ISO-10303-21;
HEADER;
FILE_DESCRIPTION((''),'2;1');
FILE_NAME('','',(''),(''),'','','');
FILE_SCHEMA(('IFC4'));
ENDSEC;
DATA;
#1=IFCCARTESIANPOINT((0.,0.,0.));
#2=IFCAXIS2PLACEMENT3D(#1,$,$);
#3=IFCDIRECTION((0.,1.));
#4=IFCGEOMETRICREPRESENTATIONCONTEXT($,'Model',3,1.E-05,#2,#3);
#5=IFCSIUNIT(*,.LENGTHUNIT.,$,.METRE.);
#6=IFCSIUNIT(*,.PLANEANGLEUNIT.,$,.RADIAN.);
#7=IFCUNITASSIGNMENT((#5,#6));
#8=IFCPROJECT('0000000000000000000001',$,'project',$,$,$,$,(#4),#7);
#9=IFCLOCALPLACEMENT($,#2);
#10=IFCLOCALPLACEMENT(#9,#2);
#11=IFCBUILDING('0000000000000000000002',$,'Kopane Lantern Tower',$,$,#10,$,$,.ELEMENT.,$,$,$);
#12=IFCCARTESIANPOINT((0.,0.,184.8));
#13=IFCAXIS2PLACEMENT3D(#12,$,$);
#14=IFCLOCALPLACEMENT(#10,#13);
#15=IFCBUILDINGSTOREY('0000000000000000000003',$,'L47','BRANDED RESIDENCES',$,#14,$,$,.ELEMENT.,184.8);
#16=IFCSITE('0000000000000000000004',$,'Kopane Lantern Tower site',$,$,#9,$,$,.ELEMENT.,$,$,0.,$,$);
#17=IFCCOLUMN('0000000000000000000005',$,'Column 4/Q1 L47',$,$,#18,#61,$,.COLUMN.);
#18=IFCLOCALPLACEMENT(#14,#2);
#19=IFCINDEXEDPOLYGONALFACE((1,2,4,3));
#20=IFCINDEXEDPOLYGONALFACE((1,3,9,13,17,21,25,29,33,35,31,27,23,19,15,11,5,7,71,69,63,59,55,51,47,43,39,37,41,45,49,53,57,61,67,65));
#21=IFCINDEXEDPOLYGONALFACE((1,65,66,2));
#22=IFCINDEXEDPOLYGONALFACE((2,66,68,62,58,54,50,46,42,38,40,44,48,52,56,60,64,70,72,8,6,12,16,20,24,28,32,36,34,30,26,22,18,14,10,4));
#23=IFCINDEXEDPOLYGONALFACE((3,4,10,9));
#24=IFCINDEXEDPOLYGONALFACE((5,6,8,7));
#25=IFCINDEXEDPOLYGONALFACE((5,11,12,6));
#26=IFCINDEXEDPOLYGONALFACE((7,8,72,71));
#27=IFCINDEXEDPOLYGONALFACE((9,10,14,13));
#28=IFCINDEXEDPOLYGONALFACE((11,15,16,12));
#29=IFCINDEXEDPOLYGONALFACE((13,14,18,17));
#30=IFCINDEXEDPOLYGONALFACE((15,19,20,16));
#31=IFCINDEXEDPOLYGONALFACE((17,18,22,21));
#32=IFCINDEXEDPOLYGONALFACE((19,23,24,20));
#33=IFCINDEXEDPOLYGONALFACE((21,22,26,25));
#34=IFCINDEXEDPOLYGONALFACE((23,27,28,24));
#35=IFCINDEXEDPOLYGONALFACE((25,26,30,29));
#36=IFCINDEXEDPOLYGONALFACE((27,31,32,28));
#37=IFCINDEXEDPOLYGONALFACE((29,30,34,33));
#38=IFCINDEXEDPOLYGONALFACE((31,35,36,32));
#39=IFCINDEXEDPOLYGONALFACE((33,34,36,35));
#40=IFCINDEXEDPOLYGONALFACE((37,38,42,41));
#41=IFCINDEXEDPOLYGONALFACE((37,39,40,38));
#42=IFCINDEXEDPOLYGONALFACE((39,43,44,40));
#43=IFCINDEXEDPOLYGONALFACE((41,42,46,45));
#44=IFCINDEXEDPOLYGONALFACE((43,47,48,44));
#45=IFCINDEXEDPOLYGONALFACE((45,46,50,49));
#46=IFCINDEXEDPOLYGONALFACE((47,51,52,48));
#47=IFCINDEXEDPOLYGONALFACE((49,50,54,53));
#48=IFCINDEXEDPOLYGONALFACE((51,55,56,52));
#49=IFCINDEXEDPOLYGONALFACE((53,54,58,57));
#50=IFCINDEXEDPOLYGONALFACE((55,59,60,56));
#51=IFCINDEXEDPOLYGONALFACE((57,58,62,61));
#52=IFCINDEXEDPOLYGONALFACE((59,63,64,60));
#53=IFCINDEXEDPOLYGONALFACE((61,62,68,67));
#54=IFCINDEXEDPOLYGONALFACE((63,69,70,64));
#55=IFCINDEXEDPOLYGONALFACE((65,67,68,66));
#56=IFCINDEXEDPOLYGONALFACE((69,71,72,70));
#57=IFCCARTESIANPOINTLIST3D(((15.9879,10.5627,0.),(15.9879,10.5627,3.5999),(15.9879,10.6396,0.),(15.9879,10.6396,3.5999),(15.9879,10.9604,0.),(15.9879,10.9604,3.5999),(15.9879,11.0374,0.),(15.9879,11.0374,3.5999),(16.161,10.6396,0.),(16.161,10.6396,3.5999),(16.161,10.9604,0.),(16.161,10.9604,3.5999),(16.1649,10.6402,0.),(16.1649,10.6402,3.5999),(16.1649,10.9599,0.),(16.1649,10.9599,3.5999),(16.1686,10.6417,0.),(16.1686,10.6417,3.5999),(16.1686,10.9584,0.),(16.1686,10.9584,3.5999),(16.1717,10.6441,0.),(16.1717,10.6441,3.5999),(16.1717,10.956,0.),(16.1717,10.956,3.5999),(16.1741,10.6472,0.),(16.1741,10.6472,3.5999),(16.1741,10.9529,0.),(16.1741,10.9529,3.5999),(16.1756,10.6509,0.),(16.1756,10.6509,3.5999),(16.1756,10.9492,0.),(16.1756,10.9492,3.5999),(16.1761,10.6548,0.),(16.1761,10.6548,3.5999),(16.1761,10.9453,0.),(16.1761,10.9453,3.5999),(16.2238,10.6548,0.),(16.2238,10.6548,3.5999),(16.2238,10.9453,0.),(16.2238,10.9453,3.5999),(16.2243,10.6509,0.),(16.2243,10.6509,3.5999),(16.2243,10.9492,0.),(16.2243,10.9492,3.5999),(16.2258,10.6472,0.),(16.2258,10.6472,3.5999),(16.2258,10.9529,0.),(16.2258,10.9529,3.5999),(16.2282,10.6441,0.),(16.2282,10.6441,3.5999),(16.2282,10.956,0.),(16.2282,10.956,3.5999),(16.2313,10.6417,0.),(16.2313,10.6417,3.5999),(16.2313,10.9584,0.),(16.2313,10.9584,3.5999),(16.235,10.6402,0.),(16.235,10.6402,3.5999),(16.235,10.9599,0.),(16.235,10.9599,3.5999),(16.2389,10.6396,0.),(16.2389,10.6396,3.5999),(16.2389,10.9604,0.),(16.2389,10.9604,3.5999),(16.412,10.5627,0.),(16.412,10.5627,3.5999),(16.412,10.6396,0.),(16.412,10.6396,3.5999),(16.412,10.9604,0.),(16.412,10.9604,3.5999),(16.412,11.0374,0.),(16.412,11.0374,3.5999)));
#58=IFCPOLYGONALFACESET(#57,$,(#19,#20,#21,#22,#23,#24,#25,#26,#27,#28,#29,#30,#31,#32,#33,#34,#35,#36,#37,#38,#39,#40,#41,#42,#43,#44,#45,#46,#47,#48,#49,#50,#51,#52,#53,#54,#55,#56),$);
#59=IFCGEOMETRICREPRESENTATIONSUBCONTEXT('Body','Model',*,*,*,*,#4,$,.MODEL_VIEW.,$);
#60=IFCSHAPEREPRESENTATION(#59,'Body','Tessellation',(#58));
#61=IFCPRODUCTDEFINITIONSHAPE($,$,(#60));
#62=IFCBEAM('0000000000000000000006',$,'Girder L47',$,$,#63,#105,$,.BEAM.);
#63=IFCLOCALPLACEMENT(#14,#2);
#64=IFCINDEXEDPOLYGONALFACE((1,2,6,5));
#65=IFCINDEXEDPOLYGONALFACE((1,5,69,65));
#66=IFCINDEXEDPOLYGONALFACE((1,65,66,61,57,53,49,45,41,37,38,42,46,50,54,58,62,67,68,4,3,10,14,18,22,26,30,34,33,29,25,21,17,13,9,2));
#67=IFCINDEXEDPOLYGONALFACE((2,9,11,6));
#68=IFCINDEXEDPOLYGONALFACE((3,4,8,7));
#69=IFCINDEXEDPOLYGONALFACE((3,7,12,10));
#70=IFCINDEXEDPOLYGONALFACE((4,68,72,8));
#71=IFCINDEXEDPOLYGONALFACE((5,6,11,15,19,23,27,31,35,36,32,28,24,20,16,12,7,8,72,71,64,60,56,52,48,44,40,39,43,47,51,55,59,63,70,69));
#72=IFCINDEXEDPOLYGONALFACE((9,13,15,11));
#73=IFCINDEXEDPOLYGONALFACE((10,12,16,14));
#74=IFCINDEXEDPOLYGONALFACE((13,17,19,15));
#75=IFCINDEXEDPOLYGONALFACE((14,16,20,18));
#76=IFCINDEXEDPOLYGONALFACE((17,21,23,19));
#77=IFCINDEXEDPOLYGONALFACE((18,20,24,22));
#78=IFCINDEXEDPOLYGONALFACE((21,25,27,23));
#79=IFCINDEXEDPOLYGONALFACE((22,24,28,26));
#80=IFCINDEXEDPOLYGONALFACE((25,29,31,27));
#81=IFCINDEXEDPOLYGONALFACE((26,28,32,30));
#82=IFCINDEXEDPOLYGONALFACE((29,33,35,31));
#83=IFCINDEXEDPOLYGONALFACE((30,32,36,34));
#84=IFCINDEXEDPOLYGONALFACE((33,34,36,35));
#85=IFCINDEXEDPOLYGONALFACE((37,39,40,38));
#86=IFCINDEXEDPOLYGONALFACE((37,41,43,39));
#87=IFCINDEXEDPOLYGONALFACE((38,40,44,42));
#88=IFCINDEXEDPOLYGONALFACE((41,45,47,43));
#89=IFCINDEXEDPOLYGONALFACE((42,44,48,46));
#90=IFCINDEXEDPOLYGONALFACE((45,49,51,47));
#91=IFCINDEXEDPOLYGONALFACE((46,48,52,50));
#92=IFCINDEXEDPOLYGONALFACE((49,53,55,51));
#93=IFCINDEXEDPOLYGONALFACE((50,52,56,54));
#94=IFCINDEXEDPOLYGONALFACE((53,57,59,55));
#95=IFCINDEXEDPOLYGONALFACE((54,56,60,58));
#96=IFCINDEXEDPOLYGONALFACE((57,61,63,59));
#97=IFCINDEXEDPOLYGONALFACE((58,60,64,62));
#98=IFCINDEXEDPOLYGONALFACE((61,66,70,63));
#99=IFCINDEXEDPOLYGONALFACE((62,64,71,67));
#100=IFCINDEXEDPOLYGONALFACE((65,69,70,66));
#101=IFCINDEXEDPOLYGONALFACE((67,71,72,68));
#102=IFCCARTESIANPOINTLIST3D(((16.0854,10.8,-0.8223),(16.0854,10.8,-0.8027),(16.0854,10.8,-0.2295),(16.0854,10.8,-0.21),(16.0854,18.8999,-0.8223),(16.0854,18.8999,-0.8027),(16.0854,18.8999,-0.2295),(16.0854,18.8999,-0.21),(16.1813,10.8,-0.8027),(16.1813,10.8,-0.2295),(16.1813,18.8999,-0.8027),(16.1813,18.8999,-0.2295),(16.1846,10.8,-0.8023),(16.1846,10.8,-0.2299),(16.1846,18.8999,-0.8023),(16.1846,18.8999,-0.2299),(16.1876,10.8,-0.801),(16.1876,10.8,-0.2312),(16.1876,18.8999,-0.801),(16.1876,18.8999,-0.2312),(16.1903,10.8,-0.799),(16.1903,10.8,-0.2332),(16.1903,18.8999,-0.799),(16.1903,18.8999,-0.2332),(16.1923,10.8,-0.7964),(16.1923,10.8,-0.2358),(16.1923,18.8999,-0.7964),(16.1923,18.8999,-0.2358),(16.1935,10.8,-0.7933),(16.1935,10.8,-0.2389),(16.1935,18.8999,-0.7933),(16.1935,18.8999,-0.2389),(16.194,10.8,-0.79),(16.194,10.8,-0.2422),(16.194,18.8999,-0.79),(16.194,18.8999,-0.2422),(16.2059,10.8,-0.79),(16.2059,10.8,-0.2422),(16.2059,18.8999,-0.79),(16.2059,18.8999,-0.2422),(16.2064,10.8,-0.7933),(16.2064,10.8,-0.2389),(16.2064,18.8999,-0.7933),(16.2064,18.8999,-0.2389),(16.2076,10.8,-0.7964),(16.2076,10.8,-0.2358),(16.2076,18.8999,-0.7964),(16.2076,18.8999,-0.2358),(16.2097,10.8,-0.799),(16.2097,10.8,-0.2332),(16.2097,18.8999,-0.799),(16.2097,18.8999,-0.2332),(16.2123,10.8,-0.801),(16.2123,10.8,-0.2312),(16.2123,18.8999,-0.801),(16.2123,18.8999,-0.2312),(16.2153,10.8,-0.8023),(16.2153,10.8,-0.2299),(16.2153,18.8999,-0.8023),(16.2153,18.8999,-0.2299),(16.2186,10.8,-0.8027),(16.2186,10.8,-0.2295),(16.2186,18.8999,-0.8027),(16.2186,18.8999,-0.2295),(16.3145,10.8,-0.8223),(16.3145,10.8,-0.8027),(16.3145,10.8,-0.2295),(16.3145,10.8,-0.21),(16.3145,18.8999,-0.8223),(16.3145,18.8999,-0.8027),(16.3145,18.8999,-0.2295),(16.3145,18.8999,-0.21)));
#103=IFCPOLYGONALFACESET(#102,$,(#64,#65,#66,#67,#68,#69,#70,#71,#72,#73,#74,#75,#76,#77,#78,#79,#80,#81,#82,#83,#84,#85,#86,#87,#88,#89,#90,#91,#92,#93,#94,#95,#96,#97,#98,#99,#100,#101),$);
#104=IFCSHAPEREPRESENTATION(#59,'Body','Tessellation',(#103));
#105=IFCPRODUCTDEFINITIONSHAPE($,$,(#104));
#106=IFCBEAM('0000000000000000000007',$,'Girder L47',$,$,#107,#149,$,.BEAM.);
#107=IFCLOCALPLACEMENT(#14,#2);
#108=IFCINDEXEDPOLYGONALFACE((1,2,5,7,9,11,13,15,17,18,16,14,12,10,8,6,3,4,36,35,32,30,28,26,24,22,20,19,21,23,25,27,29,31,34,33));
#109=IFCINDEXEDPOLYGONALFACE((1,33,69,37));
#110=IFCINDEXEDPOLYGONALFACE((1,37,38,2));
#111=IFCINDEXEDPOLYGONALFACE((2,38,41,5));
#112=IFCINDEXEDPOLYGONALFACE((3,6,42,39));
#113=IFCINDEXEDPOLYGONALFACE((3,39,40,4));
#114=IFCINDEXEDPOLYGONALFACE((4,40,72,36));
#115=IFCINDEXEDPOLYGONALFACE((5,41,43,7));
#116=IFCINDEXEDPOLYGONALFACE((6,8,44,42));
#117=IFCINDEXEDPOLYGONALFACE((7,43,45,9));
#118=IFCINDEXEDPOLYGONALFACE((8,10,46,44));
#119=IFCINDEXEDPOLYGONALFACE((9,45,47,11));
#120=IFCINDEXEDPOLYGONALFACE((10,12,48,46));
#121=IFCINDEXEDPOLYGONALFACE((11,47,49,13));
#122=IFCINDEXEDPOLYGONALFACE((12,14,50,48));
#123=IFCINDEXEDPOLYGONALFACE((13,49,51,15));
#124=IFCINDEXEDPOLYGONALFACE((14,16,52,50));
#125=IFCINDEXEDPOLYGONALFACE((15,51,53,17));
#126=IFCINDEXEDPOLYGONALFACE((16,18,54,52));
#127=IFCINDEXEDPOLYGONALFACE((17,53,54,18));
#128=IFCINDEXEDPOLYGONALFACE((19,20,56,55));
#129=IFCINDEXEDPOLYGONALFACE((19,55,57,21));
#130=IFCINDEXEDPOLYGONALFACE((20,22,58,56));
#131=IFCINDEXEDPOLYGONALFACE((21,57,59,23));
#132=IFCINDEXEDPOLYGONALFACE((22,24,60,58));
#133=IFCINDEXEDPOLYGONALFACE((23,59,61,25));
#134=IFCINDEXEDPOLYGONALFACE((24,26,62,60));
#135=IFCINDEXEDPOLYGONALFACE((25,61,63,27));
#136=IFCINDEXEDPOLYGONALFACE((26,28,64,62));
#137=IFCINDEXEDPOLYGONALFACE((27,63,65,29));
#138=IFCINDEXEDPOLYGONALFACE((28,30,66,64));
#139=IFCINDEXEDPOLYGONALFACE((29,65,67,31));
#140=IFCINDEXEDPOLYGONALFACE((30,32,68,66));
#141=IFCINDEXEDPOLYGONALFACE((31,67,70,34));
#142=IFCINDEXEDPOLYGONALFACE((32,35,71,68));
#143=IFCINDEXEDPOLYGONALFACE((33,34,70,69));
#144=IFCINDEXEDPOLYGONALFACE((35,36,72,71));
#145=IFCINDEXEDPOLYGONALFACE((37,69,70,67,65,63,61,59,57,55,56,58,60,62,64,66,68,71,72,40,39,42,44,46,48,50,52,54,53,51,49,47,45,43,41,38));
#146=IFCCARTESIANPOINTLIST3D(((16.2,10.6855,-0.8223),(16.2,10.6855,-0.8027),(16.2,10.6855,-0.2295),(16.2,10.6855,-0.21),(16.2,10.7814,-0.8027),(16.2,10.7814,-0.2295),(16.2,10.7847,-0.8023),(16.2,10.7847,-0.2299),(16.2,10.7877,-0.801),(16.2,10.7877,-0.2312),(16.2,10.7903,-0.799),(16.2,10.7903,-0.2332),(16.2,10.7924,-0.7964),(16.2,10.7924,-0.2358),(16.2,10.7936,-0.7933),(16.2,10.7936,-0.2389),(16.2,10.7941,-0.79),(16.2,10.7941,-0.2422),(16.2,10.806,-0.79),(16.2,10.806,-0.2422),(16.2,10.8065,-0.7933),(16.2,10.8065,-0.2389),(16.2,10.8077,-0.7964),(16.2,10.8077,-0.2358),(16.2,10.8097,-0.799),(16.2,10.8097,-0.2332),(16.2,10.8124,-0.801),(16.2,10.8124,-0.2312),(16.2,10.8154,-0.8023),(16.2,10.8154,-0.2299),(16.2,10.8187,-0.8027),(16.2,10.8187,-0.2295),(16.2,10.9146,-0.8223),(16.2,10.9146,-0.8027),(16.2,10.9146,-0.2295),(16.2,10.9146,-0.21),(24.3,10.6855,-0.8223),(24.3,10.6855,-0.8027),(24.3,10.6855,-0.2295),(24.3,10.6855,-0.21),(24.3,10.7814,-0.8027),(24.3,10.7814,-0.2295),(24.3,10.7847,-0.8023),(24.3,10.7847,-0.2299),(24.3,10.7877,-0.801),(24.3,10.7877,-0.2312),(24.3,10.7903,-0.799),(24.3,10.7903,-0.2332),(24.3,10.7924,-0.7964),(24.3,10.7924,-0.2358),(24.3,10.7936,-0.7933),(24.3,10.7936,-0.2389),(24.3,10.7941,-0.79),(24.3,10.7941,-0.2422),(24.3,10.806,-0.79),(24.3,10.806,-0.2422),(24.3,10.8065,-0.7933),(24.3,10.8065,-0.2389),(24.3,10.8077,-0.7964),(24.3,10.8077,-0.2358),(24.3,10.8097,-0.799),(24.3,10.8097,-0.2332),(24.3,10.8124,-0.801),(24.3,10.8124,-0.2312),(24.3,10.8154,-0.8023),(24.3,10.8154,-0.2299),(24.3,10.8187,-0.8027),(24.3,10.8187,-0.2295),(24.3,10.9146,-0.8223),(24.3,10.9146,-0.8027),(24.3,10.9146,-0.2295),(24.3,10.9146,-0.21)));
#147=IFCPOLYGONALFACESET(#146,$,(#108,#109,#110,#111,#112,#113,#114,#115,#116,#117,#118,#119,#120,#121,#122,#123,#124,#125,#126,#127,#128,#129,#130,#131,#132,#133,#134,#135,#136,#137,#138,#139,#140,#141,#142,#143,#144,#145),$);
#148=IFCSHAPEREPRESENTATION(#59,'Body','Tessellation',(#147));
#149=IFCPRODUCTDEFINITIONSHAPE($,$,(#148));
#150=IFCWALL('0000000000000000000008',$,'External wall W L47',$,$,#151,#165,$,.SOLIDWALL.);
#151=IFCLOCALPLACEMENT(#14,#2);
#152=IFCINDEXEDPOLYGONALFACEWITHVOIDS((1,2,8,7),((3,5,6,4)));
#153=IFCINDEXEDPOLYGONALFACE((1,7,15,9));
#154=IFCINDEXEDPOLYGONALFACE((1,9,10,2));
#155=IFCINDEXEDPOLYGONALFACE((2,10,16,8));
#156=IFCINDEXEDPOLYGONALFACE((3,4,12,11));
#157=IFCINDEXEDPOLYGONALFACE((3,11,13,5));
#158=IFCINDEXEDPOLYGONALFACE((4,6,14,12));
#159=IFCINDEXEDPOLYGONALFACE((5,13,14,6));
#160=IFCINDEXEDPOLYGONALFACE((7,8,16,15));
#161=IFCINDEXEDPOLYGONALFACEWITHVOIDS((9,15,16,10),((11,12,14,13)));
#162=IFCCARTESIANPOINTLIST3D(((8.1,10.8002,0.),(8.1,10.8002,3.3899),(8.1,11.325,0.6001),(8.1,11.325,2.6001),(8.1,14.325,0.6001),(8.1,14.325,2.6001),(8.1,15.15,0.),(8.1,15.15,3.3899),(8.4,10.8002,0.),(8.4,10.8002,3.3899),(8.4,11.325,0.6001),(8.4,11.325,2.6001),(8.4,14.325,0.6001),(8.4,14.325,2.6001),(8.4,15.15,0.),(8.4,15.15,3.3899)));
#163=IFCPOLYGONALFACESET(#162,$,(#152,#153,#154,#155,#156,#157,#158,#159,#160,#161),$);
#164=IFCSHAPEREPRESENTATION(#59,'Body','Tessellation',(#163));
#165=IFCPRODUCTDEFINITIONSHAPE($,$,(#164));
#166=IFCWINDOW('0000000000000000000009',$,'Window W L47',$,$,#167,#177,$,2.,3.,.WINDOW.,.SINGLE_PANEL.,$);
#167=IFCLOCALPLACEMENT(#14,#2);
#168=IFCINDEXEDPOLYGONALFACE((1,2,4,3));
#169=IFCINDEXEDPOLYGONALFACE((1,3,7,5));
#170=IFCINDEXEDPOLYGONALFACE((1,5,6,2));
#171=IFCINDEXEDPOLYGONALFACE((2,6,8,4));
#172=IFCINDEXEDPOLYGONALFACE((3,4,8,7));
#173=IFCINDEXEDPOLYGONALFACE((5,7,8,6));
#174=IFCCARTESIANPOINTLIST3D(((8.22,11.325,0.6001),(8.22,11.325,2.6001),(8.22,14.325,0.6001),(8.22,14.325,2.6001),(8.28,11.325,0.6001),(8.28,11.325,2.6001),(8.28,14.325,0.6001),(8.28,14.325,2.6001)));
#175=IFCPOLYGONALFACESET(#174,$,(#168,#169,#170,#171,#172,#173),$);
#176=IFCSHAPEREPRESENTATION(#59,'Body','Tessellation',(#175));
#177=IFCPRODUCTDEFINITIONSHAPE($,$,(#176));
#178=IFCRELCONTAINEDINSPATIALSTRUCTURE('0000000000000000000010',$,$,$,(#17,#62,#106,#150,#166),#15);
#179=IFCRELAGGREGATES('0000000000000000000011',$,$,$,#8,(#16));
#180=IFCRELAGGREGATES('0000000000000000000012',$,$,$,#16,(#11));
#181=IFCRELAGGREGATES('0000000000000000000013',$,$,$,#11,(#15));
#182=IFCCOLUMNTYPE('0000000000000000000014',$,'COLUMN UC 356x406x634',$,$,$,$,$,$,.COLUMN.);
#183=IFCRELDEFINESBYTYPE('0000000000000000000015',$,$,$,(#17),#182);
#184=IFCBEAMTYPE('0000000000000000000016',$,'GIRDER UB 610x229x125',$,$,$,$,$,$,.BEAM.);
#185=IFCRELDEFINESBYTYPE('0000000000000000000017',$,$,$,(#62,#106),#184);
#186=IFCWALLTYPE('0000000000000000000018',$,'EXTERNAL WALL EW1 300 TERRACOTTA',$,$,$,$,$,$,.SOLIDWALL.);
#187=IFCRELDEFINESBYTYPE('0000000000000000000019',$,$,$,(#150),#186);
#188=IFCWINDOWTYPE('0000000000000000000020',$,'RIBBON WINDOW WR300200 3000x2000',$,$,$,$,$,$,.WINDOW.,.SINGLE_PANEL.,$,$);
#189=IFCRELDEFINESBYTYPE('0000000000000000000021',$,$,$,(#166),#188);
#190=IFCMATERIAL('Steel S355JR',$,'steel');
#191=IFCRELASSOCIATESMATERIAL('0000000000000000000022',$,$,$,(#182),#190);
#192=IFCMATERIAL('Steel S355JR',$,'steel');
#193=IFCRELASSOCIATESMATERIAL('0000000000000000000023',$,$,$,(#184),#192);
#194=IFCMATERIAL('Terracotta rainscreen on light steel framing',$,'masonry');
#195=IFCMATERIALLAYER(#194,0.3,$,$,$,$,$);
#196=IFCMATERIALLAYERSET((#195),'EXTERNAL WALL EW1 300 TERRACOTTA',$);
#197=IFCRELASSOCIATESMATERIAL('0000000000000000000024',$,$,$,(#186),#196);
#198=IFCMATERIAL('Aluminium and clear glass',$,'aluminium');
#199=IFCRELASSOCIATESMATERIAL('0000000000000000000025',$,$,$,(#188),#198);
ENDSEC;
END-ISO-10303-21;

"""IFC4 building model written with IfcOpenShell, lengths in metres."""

from ifc_helpers import new_model, si_unit, direction, frame, frame_2d, origin, origin_2d, place, context, subcontext, project, spatial, rectangle, i_section, extrude, material, layer, layer_set, material_profile, profile_set, type_object, element, fill, save


model = new_model("IFC4")

# Units and contexts
model_context = context("Model", 3, precision=1e-05, world=origin(), true_north=direction((0.0, 1.0)))
body_context = subcontext(model_context, "Body", "Model", "MODEL_VIEW")
ifc_project = project(units=[si_unit("LENGTHUNIT", "METRE"), si_unit("PLANEANGLEUNIT", "RADIAN")], contexts=[model_context])

# Site, building, storey
site_placement = place(None, origin())
site = spatial("IfcSite", under=ifc_project, at=site_placement, Name="Kopane Lantern Tower site", CompositionType="ELEMENT", RefElevation=0.0)
building_placement = place(site_placement, origin())
building = spatial("IfcBuilding", under=site, at=building_placement, Name="Kopane Lantern Tower", CompositionType="ELEMENT")
storey_placement = place(building_placement, frame((0.0, 0.0, 184.8)))
storey = spatial("IfcBuildingStorey", under=building, at=storey_placement, Name="L47", Description="BRANDED RESIDENCES", CompositionType="ELEMENT", Elevation=184.8)

# Column
ifc_material_1 = material(Name="Steel S355JR", Category="steel")
ifc_material_profile_1 = material_profile(ifc_material_1, i_section(OverallWidth=0.4241, OverallDepth=0.4746, WebThickness=0.0476, FlangeThickness=0.0769, FilletRadius=0.0151, at=origin_2d()), Name="UC 356x406x634")
ifc_profile_set_1 = profile_set([ifc_material_profile_1], Name="Steel S355JR")
column_type = type_object("IfcColumnType", Name="COLUMN UC 356x406x634", PredefinedType="COLUMN", material=ifc_profile_set_1)
column_placement = place(storey_placement, frame((16.2, 10.8, 0.0), z_axis=(0.0, 0.0, 1.0), x_axis=(1.0, 0.0, 0.0)))
element("IfcColumn", 1, at=column_placement, inside=storey, type_object=column_type, Name="Column 4/Q1 L47", PredefinedType="COLUMN", context=body_context, shape_type="SweptSolid", body=[
    extrude(i_section(OverallWidth=0.4241, OverallDepth=0.4746, WebThickness=0.0476, FlangeThickness=0.0769, FilletRadius=0.0151, at=origin_2d()), origin(), (0.0, 0.0, 1.0), 3.5999),
])

# Beams
ifc_material_2 = material(Name="Steel S355JR", Category="steel")
ifc_material_profile_2 = material_profile(ifc_material_2, i_section(OverallWidth=0.229, OverallDepth=0.6123, WebThickness=0.012, FlangeThickness=0.0195, FilletRadius=0.0127, at=origin_2d()), Name="UB 610x229x125")
ifc_profile_set_2 = profile_set([ifc_material_profile_2], Name="Steel S355JR")
beam_type = type_object("IfcBeamType", Name="GIRDER UB 610x229x125", PredefinedType="BEAM", material=ifc_profile_set_2)
beam_1_placement = place(storey_placement, frame((16.2, 10.8, -0.5161), z_axis=(0.0, 1.0, 0.0), x_axis=(-1.0, 0.0, 0.0)))
element("IfcBeam", 2, at=beam_1_placement, inside=storey, type_object=beam_type, Name="Girder L47", PredefinedType="BEAM", context=body_context, shape_type="SweptSolid", body=[
    extrude(i_section(OverallWidth=0.229, OverallDepth=0.6123, WebThickness=0.012, FlangeThickness=0.0195, FilletRadius=0.0127, at=origin_2d()), origin(), (0.0, 0.0, 1.0), 8.0999),
])
beam_2_placement = place(storey_placement, frame((16.2, 10.8, -0.5161), z_axis=(1.0, 0.0, 0.0), x_axis=(0.0, 1.0, 0.0)))
element("IfcBeam", 3, at=beam_2_placement, inside=storey, type_object=beam_type, Name="Girder L47", PredefinedType="BEAM", context=body_context, shape_type="SweptSolid", body=[
    extrude(i_section(OverallWidth=0.229, OverallDepth=0.6123, WebThickness=0.012, FlangeThickness=0.0195, FilletRadius=0.0127, at=origin_2d()), origin(), (0.0, 0.0, 1.0), 8.1001),
])

# Shared definitions
ifc_material_3 = material(Name="Terracotta rainscreen on light steel framing", Category="masonry")
ifc_layer = layer(ifc_material_3, 0.3)
ifc_layer_set = layer_set([ifc_layer], Name="EXTERNAL WALL EW1 300 TERRACOTTA")
wall_type = type_object("IfcWallType", Name="EXTERNAL WALL EW1 300 TERRACOTTA", PredefinedType="SOLIDWALL", material=ifc_layer_set)

# Wall, opening, window
wall_1_placement = place(storey_placement, frame((8.25, 15.1499, 0.0), z_axis=(0.0, 0.0, 1.0), x_axis=(0.0, -1.0, 0.0)))
wall_1 = element("IfcWall", 4, at=wall_1_placement, inside=storey, type_object=wall_type, Name="External wall W L47", PredefinedType="SOLIDWALL", context=body_context, shape_type="SweptSolid", body=[
    extrude(rectangle(XDim=4.3499, YDim=0.3, at=frame_2d((2.1748, 0.0))), origin(), (0.0, 0.0, 1.0), 3.3899),
])
opening_1_placement = place(wall_1_placement, frame((0.825, 0.0, 0.6001)))
opening_1 = element("IfcOpeningElement", 5, at=opening_1_placement, cuts=wall_1, PredefinedType="OPENING", context=body_context, shape_type="SweptSolid", body=[
    extrude(rectangle(XDim=3.0, YDim=2.0, at=frame_2d((1.5, 1.0))), frame((0.0, 0.1599, 0.0), z_axis=(0.0, -1.0, 0.0), x_axis=(1.0, 0.0, 0.0)), (0.0, 0.0, 1.0), 0.3201),
])
ifc_material_4 = material(Name="Aluminium and clear glass", Category="aluminium")
window_type_1 = type_object("IfcWindowType", Name="RIBBON WINDOW WR300200 3000x2000", PartitioningType="SINGLE_PANEL", PredefinedType="WINDOW", material=ifc_material_4)
window_1_placement = place(opening_1_placement, origin())
window_1 = element("IfcWindow", 6, at=window_1_placement, inside=storey, type_object=window_type_1, Name="Window W L47", OverallHeight=2.0, OverallWidth=3.0, PartitioningType="SINGLE_PANEL", PredefinedType="WINDOW", context=body_context, shape_type="SweptSolid", body=[
    extrude(rectangle(XDim=3.0, YDim=2.0, at=frame_2d((1.5, 1.0))), frame((0.0, 0.03, 0.0), z_axis=(0.0, -1.0, 0.0), x_axis=(1.0, 0.0, 0.0)), (0.0, 0.0, 1.0), 0.0601),
])
fill(opening_1, window_1)

save(model, "model.ifc")
